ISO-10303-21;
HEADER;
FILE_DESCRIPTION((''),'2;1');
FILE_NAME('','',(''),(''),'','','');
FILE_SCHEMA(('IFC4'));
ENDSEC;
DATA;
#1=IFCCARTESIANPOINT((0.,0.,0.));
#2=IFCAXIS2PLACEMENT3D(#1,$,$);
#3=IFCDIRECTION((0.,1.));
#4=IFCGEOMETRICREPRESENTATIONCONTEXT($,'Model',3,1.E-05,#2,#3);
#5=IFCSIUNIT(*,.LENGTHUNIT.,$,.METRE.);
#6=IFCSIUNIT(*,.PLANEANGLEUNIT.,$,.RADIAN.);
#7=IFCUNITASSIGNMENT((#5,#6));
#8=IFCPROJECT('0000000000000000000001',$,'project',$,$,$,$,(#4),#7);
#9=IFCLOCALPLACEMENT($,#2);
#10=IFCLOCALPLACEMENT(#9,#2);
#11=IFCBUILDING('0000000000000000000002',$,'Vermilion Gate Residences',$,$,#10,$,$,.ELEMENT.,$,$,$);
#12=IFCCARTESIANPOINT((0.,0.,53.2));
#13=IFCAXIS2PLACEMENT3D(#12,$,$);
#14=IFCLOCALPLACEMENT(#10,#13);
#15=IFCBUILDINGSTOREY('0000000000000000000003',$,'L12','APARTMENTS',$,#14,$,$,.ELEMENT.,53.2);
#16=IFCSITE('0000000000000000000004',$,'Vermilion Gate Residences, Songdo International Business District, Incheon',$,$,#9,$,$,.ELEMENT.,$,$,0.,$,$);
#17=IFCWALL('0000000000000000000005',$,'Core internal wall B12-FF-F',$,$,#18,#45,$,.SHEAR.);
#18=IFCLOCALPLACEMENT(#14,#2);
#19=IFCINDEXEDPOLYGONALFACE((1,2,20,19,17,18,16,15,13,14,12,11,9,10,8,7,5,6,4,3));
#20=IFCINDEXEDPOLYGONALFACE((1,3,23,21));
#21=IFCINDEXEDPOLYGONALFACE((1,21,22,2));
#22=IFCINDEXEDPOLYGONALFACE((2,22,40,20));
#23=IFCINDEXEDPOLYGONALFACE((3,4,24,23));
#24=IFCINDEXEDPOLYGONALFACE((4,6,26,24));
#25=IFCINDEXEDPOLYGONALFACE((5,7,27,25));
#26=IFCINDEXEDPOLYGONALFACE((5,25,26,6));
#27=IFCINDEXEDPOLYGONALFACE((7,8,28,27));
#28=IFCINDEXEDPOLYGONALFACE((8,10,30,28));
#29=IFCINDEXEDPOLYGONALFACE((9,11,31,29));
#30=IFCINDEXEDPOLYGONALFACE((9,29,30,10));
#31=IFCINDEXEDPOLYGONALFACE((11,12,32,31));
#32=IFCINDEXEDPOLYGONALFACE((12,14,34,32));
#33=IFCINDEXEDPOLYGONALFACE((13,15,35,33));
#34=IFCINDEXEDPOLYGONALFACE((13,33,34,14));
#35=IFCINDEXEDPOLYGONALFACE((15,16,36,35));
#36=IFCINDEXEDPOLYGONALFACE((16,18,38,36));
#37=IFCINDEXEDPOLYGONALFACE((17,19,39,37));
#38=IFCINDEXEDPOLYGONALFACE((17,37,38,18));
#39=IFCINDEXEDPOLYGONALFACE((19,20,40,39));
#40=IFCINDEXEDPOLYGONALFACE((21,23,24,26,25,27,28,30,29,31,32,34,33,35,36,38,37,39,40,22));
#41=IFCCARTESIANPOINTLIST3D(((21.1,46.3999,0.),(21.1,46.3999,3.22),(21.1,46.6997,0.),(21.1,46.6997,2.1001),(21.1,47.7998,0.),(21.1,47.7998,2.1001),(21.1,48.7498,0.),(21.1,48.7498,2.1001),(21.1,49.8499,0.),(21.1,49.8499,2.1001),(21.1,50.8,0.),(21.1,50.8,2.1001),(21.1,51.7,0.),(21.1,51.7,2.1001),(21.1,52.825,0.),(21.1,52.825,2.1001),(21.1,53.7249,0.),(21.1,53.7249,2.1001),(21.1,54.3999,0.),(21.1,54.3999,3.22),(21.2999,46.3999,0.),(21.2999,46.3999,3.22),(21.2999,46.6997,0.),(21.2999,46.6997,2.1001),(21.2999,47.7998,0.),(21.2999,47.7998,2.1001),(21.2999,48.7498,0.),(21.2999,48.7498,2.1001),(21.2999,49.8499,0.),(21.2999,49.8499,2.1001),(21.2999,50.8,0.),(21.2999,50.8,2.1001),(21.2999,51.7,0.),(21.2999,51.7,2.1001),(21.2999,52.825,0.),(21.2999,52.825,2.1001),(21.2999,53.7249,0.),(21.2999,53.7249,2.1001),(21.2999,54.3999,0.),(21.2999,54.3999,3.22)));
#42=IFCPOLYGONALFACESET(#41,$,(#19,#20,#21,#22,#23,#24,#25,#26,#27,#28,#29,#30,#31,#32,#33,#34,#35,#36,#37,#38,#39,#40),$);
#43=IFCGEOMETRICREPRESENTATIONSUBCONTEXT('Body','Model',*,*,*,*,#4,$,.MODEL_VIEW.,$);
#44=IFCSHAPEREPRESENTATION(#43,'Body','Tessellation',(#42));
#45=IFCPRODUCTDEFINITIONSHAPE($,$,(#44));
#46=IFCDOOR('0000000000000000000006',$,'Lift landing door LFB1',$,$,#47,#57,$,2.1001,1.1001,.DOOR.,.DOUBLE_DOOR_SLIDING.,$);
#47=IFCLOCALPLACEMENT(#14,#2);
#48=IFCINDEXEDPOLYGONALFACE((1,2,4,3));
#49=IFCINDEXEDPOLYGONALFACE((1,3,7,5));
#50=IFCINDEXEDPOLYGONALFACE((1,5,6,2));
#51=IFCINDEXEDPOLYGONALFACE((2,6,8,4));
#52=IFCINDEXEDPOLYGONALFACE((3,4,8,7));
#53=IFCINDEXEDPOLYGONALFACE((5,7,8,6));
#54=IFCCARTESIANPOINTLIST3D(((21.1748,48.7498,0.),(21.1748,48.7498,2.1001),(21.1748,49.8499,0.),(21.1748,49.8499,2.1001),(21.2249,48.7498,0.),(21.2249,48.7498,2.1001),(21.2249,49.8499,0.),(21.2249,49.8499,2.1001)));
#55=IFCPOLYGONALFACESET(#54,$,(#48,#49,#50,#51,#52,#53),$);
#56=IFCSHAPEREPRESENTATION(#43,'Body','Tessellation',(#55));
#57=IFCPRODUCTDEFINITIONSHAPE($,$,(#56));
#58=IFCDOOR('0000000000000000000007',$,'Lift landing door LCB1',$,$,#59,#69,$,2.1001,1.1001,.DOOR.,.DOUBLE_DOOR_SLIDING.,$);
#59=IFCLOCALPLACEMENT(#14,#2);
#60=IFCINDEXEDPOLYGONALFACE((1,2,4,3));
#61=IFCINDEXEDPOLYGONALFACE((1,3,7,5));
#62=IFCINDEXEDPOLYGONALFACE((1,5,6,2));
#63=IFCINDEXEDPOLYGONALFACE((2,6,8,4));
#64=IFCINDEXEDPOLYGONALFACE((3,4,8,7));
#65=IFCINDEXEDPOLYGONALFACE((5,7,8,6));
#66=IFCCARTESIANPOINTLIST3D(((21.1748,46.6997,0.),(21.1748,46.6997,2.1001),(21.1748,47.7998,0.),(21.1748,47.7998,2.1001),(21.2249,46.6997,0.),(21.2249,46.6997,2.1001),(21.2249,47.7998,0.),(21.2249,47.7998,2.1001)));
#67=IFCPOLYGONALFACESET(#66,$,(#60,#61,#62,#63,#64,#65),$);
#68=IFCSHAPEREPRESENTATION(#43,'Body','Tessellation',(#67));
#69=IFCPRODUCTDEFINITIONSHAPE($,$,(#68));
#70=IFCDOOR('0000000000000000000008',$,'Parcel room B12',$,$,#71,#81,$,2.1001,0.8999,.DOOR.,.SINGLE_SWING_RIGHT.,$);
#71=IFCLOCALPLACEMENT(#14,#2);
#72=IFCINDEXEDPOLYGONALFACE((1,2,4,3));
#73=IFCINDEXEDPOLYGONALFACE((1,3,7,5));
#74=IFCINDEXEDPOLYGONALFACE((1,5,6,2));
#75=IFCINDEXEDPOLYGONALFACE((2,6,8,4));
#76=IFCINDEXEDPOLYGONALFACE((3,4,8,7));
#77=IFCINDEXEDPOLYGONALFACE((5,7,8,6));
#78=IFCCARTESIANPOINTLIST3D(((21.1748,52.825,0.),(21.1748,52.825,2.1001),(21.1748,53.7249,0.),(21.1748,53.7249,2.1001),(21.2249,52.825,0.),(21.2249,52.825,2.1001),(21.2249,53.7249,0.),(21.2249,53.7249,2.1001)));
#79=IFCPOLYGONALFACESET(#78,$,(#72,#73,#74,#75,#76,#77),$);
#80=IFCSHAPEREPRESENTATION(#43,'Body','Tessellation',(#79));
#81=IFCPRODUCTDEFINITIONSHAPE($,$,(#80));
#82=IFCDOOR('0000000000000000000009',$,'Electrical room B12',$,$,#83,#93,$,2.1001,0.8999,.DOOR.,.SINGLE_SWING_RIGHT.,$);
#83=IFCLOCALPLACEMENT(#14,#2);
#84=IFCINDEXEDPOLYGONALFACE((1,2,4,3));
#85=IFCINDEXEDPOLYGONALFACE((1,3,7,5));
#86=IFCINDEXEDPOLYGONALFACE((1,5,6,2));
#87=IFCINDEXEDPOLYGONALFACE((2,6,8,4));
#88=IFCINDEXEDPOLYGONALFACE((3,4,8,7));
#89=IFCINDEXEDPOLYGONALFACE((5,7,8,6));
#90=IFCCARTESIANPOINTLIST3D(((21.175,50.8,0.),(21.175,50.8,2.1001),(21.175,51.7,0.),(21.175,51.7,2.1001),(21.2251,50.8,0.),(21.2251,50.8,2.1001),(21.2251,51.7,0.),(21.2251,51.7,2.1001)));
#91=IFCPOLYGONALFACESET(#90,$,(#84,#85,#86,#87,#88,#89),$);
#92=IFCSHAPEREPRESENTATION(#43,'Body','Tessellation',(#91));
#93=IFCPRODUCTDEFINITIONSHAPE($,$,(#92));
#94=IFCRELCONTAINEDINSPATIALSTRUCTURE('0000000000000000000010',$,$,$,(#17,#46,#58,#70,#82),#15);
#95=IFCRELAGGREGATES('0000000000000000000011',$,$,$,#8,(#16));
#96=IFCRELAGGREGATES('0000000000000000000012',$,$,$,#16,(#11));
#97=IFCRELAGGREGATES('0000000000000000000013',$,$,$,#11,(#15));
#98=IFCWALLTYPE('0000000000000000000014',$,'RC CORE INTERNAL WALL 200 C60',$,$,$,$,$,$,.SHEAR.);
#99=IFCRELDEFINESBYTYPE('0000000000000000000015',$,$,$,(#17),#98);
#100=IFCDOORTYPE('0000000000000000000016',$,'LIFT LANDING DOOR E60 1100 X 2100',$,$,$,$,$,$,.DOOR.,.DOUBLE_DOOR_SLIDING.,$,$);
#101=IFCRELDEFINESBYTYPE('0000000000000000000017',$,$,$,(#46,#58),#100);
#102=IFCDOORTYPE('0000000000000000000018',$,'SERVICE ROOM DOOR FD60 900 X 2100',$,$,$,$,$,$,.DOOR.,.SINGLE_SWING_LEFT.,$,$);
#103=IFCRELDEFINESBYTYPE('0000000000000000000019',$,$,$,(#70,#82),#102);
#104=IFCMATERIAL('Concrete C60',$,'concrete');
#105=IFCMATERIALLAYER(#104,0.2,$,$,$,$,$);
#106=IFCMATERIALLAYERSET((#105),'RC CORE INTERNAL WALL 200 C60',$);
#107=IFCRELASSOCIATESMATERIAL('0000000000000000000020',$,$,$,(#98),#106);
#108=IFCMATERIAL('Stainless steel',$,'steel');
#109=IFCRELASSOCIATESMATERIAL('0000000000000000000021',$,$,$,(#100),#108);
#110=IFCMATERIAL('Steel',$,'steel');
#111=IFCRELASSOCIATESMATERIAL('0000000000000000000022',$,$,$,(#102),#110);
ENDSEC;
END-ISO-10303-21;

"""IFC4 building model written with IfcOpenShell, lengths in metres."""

from ifc_helpers import new_model, si_unit, direction, frame, frame_2d, origin, place, context, subcontext, project, spatial, rectangle, extrude, material, layer, layer_set, type_object, element, fill, save


model = new_model("IFC4")

# Units and contexts
model_context = context("Model", 3, precision=1e-05, world=origin(), true_north=direction((0.0, 1.0)))
body_context = subcontext(model_context, "Body", "Model", "MODEL_VIEW")
ifc_project = project(units=[si_unit("LENGTHUNIT", "METRE"), si_unit("PLANEANGLEUNIT", "RADIAN")], contexts=[model_context])

# Site, building, storey
site_placement = place(None, origin())
site = spatial("IfcSite", under=ifc_project, at=site_placement, Name="Vermilion Gate Residences, Songdo International Business District, Incheon", CompositionType="ELEMENT", RefElevation=0.0)
building_placement = place(site_placement, origin())
building = spatial("IfcBuilding", under=site, at=building_placement, Name="Vermilion Gate Residences", CompositionType="ELEMENT")
storey_placement = place(building_placement, frame((0.0, 0.0, 53.2)))
storey = spatial("IfcBuildingStorey", under=building, at=storey_placement, Name="L12", Description="APARTMENTS", CompositionType="ELEMENT", Elevation=53.2)

# Shared definitions
ifc_material_1 = material(Name="Concrete C60", Category="concrete")
ifc_layer_1 = layer(ifc_material_1, 0.2)
ifc_layer_set_1 = layer_set([ifc_layer_1], Name="RC CORE INTERNAL WALL 200 C60")
wall_type_1 = type_object("IfcWallType", Name="RC CORE INTERNAL WALL 200 C60", PredefinedType="SHEAR", material=ifc_layer_set_1)

# Wall, openings, doors
wall_1_placement = place(storey_placement, frame((21.2, 54.3999, 0.0), z_axis=(0.0, 0.0, 1.0), x_axis=(0.0, -1.0, 0.0)))
wall_1 = element("IfcWall", 1, at=wall_1_placement, inside=storey, type_object=wall_type_1, Name="Core internal wall B12-FF-F", PredefinedType="SHEAR", context=body_context, shape_type="SweptSolid", body=[
    extrude(rectangle(XDim=8.0, YDim=0.2, at=frame_2d((4.0, 0.0))), origin(), (0.0, 0.0, 1.0), 3.22),
])
opening_1_placement = place(wall_1_placement, frame((0.675, 0.0, 0.0)))
opening_1 = element("IfcOpeningElement", 2, at=opening_1_placement, cuts=wall_1, PredefinedType="OPENING", context=body_context, shape_type="SweptSolid", body=[
    extrude(rectangle(XDim=0.8999, YDim=2.1001, at=frame_2d((0.45, 1.05))), frame((0.0, 0.1099, 0.0), z_axis=(0.0, -1.0, 0.0), x_axis=(1.0, 0.0, 0.0)), (0.0, 0.0, 1.0), 0.22),
])
opening_2_placement = place(wall_1_placement, frame((2.7, 0.0, 0.0)))
opening_2 = element("IfcOpeningElement", 3, at=opening_2_placement, cuts=wall_1, PredefinedType="OPENING", context=body_context, shape_type="SweptSolid", body=[
    extrude(rectangle(XDim=0.8999, YDim=2.1001, at=frame_2d((0.45, 1.05))), frame((0.0, 0.1099, 0.0), z_axis=(0.0, -1.0, 0.0), x_axis=(1.0, 0.0, 0.0)), (0.0, 0.0, 1.0), 0.22),
])
opening_3_placement = place(wall_1_placement, frame((4.55, 0.0, 0.0)))
opening_3 = element("IfcOpeningElement", 4, at=opening_3_placement, cuts=wall_1, PredefinedType="OPENING", context=body_context, shape_type="SweptSolid", body=[
    extrude(rectangle(XDim=1.1001, YDim=2.1001, at=frame_2d((0.55, 1.05))), frame((0.0, 0.1099, 0.0), z_axis=(0.0, -1.0, 0.0), x_axis=(1.0, 0.0, 0.0)), (0.0, 0.0, 1.0), 0.22),
])
opening_4_placement = place(wall_1_placement, frame((6.6001, 0.0, 0.0)))
opening_4 = element("IfcOpeningElement", 5, at=opening_4_placement, cuts=wall_1, PredefinedType="OPENING", context=body_context, shape_type="SweptSolid", body=[
    extrude(rectangle(XDim=1.1001, YDim=2.1001, at=frame_2d((0.55, 1.05))), frame((0.0, 0.1099, 0.0), z_axis=(0.0, -1.0, 0.0), x_axis=(1.0, 0.0, 0.0)), (0.0, 0.0, 1.0), 0.22),
])
ifc_material_2 = material(Name="Stainless steel", Category="steel")
door_type_1 = type_object("IfcDoorType", Name="LIFT LANDING DOOR E60 1100 X 2100", OperationType="DOUBLE_DOOR_SLIDING", PredefinedType="DOOR", material=ifc_material_2)
door_1_placement = place(opening_3_placement, origin())
door_1 = element("IfcDoor", 6, at=door_1_placement, inside=storey, type_object=door_type_1, Name="Lift landing door LFB1", OperationType="DOUBLE_DOOR_SLIDING", OverallHeight=2.1001, OverallWidth=1.1001, PredefinedType="DOOR", context=body_context, shape_type="SweptSolid", body=[
    extrude(rectangle(XDim=1.1001, YDim=2.1001, at=frame_2d((0.55, 1.05))), frame((0.0, 0.0249, 0.0), z_axis=(0.0, -1.0, 0.0), x_axis=(1.0, 0.0, 0.0)), (0.0, 0.0, 1.0), 0.05),
])
fill(opening_3, door_1)
door_2_placement = place(opening_4_placement, origin())
door_2 = element("IfcDoor", 7, at=door_2_placement, inside=storey, type_object=door_type_1, Name="Lift landing door LCB1", OperationType="DOUBLE_DOOR_SLIDING", OverallHeight=2.1001, OverallWidth=1.1001, PredefinedType="DOOR", context=body_context, shape_type="SweptSolid", body=[
    extrude(rectangle(XDim=1.1001, YDim=2.1001, at=frame_2d((0.55, 1.05))), frame((0.0, 0.0249, 0.0), z_axis=(0.0, -1.0, 0.0), x_axis=(1.0, 0.0, 0.0)), (0.0, 0.0, 1.0), 0.05),
])
fill(opening_4, door_2)
ifc_material_3 = material(Name="Steel", Category="steel")
door_type_2 = type_object("IfcDoorType", Name="SERVICE ROOM DOOR FD60 900 X 2100", OperationType="SINGLE_SWING_LEFT", PredefinedType="DOOR", material=ifc_material_3)
door_3_placement = place(opening_1_placement, origin())
door_3 = element("IfcDoor", 8, at=door_3_placement, inside=storey, type_object=door_type_2, Name="Parcel room B12", OperationType="SINGLE_SWING_RIGHT", OverallHeight=2.1001, OverallWidth=0.8999, PredefinedType="DOOR", context=body_context, shape_type="SweptSolid", body=[
    extrude(rectangle(XDim=0.8999, YDim=2.1001, at=frame_2d((0.45, 1.05))), frame((0.0, 0.0249, 0.0), z_axis=(0.0, -1.0, 0.0), x_axis=(1.0, 0.0, 0.0)), (0.0, 0.0, 1.0), 0.05),
])
fill(opening_1, door_3)
door_4_placement = place(opening_2_placement, frame((0.8999, 0.0, 0.0), z_axis=(0.0, 0.0, 1.0), x_axis=(-1.0, 0.0, 0.0)))
door_4 = element("IfcDoor", 9, at=door_4_placement, inside=storey, type_object=door_type_2, Name="Electrical room B12", OperationType="SINGLE_SWING_RIGHT", OverallHeight=2.1001, OverallWidth=0.8999, PredefinedType="DOOR", context=body_context, shape_type="SweptSolid", body=[
    extrude(rectangle(XDim=0.8999, YDim=2.1001, at=frame_2d((0.45, 1.05))), frame((0.0, 0.0249, 0.0), z_axis=(0.0, -1.0, 0.0), x_axis=(1.0, 0.0, 0.0)), (0.0, 0.0, 1.0), 0.05),
])
fill(opening_2, door_4)

save(model, "model.ifc")
